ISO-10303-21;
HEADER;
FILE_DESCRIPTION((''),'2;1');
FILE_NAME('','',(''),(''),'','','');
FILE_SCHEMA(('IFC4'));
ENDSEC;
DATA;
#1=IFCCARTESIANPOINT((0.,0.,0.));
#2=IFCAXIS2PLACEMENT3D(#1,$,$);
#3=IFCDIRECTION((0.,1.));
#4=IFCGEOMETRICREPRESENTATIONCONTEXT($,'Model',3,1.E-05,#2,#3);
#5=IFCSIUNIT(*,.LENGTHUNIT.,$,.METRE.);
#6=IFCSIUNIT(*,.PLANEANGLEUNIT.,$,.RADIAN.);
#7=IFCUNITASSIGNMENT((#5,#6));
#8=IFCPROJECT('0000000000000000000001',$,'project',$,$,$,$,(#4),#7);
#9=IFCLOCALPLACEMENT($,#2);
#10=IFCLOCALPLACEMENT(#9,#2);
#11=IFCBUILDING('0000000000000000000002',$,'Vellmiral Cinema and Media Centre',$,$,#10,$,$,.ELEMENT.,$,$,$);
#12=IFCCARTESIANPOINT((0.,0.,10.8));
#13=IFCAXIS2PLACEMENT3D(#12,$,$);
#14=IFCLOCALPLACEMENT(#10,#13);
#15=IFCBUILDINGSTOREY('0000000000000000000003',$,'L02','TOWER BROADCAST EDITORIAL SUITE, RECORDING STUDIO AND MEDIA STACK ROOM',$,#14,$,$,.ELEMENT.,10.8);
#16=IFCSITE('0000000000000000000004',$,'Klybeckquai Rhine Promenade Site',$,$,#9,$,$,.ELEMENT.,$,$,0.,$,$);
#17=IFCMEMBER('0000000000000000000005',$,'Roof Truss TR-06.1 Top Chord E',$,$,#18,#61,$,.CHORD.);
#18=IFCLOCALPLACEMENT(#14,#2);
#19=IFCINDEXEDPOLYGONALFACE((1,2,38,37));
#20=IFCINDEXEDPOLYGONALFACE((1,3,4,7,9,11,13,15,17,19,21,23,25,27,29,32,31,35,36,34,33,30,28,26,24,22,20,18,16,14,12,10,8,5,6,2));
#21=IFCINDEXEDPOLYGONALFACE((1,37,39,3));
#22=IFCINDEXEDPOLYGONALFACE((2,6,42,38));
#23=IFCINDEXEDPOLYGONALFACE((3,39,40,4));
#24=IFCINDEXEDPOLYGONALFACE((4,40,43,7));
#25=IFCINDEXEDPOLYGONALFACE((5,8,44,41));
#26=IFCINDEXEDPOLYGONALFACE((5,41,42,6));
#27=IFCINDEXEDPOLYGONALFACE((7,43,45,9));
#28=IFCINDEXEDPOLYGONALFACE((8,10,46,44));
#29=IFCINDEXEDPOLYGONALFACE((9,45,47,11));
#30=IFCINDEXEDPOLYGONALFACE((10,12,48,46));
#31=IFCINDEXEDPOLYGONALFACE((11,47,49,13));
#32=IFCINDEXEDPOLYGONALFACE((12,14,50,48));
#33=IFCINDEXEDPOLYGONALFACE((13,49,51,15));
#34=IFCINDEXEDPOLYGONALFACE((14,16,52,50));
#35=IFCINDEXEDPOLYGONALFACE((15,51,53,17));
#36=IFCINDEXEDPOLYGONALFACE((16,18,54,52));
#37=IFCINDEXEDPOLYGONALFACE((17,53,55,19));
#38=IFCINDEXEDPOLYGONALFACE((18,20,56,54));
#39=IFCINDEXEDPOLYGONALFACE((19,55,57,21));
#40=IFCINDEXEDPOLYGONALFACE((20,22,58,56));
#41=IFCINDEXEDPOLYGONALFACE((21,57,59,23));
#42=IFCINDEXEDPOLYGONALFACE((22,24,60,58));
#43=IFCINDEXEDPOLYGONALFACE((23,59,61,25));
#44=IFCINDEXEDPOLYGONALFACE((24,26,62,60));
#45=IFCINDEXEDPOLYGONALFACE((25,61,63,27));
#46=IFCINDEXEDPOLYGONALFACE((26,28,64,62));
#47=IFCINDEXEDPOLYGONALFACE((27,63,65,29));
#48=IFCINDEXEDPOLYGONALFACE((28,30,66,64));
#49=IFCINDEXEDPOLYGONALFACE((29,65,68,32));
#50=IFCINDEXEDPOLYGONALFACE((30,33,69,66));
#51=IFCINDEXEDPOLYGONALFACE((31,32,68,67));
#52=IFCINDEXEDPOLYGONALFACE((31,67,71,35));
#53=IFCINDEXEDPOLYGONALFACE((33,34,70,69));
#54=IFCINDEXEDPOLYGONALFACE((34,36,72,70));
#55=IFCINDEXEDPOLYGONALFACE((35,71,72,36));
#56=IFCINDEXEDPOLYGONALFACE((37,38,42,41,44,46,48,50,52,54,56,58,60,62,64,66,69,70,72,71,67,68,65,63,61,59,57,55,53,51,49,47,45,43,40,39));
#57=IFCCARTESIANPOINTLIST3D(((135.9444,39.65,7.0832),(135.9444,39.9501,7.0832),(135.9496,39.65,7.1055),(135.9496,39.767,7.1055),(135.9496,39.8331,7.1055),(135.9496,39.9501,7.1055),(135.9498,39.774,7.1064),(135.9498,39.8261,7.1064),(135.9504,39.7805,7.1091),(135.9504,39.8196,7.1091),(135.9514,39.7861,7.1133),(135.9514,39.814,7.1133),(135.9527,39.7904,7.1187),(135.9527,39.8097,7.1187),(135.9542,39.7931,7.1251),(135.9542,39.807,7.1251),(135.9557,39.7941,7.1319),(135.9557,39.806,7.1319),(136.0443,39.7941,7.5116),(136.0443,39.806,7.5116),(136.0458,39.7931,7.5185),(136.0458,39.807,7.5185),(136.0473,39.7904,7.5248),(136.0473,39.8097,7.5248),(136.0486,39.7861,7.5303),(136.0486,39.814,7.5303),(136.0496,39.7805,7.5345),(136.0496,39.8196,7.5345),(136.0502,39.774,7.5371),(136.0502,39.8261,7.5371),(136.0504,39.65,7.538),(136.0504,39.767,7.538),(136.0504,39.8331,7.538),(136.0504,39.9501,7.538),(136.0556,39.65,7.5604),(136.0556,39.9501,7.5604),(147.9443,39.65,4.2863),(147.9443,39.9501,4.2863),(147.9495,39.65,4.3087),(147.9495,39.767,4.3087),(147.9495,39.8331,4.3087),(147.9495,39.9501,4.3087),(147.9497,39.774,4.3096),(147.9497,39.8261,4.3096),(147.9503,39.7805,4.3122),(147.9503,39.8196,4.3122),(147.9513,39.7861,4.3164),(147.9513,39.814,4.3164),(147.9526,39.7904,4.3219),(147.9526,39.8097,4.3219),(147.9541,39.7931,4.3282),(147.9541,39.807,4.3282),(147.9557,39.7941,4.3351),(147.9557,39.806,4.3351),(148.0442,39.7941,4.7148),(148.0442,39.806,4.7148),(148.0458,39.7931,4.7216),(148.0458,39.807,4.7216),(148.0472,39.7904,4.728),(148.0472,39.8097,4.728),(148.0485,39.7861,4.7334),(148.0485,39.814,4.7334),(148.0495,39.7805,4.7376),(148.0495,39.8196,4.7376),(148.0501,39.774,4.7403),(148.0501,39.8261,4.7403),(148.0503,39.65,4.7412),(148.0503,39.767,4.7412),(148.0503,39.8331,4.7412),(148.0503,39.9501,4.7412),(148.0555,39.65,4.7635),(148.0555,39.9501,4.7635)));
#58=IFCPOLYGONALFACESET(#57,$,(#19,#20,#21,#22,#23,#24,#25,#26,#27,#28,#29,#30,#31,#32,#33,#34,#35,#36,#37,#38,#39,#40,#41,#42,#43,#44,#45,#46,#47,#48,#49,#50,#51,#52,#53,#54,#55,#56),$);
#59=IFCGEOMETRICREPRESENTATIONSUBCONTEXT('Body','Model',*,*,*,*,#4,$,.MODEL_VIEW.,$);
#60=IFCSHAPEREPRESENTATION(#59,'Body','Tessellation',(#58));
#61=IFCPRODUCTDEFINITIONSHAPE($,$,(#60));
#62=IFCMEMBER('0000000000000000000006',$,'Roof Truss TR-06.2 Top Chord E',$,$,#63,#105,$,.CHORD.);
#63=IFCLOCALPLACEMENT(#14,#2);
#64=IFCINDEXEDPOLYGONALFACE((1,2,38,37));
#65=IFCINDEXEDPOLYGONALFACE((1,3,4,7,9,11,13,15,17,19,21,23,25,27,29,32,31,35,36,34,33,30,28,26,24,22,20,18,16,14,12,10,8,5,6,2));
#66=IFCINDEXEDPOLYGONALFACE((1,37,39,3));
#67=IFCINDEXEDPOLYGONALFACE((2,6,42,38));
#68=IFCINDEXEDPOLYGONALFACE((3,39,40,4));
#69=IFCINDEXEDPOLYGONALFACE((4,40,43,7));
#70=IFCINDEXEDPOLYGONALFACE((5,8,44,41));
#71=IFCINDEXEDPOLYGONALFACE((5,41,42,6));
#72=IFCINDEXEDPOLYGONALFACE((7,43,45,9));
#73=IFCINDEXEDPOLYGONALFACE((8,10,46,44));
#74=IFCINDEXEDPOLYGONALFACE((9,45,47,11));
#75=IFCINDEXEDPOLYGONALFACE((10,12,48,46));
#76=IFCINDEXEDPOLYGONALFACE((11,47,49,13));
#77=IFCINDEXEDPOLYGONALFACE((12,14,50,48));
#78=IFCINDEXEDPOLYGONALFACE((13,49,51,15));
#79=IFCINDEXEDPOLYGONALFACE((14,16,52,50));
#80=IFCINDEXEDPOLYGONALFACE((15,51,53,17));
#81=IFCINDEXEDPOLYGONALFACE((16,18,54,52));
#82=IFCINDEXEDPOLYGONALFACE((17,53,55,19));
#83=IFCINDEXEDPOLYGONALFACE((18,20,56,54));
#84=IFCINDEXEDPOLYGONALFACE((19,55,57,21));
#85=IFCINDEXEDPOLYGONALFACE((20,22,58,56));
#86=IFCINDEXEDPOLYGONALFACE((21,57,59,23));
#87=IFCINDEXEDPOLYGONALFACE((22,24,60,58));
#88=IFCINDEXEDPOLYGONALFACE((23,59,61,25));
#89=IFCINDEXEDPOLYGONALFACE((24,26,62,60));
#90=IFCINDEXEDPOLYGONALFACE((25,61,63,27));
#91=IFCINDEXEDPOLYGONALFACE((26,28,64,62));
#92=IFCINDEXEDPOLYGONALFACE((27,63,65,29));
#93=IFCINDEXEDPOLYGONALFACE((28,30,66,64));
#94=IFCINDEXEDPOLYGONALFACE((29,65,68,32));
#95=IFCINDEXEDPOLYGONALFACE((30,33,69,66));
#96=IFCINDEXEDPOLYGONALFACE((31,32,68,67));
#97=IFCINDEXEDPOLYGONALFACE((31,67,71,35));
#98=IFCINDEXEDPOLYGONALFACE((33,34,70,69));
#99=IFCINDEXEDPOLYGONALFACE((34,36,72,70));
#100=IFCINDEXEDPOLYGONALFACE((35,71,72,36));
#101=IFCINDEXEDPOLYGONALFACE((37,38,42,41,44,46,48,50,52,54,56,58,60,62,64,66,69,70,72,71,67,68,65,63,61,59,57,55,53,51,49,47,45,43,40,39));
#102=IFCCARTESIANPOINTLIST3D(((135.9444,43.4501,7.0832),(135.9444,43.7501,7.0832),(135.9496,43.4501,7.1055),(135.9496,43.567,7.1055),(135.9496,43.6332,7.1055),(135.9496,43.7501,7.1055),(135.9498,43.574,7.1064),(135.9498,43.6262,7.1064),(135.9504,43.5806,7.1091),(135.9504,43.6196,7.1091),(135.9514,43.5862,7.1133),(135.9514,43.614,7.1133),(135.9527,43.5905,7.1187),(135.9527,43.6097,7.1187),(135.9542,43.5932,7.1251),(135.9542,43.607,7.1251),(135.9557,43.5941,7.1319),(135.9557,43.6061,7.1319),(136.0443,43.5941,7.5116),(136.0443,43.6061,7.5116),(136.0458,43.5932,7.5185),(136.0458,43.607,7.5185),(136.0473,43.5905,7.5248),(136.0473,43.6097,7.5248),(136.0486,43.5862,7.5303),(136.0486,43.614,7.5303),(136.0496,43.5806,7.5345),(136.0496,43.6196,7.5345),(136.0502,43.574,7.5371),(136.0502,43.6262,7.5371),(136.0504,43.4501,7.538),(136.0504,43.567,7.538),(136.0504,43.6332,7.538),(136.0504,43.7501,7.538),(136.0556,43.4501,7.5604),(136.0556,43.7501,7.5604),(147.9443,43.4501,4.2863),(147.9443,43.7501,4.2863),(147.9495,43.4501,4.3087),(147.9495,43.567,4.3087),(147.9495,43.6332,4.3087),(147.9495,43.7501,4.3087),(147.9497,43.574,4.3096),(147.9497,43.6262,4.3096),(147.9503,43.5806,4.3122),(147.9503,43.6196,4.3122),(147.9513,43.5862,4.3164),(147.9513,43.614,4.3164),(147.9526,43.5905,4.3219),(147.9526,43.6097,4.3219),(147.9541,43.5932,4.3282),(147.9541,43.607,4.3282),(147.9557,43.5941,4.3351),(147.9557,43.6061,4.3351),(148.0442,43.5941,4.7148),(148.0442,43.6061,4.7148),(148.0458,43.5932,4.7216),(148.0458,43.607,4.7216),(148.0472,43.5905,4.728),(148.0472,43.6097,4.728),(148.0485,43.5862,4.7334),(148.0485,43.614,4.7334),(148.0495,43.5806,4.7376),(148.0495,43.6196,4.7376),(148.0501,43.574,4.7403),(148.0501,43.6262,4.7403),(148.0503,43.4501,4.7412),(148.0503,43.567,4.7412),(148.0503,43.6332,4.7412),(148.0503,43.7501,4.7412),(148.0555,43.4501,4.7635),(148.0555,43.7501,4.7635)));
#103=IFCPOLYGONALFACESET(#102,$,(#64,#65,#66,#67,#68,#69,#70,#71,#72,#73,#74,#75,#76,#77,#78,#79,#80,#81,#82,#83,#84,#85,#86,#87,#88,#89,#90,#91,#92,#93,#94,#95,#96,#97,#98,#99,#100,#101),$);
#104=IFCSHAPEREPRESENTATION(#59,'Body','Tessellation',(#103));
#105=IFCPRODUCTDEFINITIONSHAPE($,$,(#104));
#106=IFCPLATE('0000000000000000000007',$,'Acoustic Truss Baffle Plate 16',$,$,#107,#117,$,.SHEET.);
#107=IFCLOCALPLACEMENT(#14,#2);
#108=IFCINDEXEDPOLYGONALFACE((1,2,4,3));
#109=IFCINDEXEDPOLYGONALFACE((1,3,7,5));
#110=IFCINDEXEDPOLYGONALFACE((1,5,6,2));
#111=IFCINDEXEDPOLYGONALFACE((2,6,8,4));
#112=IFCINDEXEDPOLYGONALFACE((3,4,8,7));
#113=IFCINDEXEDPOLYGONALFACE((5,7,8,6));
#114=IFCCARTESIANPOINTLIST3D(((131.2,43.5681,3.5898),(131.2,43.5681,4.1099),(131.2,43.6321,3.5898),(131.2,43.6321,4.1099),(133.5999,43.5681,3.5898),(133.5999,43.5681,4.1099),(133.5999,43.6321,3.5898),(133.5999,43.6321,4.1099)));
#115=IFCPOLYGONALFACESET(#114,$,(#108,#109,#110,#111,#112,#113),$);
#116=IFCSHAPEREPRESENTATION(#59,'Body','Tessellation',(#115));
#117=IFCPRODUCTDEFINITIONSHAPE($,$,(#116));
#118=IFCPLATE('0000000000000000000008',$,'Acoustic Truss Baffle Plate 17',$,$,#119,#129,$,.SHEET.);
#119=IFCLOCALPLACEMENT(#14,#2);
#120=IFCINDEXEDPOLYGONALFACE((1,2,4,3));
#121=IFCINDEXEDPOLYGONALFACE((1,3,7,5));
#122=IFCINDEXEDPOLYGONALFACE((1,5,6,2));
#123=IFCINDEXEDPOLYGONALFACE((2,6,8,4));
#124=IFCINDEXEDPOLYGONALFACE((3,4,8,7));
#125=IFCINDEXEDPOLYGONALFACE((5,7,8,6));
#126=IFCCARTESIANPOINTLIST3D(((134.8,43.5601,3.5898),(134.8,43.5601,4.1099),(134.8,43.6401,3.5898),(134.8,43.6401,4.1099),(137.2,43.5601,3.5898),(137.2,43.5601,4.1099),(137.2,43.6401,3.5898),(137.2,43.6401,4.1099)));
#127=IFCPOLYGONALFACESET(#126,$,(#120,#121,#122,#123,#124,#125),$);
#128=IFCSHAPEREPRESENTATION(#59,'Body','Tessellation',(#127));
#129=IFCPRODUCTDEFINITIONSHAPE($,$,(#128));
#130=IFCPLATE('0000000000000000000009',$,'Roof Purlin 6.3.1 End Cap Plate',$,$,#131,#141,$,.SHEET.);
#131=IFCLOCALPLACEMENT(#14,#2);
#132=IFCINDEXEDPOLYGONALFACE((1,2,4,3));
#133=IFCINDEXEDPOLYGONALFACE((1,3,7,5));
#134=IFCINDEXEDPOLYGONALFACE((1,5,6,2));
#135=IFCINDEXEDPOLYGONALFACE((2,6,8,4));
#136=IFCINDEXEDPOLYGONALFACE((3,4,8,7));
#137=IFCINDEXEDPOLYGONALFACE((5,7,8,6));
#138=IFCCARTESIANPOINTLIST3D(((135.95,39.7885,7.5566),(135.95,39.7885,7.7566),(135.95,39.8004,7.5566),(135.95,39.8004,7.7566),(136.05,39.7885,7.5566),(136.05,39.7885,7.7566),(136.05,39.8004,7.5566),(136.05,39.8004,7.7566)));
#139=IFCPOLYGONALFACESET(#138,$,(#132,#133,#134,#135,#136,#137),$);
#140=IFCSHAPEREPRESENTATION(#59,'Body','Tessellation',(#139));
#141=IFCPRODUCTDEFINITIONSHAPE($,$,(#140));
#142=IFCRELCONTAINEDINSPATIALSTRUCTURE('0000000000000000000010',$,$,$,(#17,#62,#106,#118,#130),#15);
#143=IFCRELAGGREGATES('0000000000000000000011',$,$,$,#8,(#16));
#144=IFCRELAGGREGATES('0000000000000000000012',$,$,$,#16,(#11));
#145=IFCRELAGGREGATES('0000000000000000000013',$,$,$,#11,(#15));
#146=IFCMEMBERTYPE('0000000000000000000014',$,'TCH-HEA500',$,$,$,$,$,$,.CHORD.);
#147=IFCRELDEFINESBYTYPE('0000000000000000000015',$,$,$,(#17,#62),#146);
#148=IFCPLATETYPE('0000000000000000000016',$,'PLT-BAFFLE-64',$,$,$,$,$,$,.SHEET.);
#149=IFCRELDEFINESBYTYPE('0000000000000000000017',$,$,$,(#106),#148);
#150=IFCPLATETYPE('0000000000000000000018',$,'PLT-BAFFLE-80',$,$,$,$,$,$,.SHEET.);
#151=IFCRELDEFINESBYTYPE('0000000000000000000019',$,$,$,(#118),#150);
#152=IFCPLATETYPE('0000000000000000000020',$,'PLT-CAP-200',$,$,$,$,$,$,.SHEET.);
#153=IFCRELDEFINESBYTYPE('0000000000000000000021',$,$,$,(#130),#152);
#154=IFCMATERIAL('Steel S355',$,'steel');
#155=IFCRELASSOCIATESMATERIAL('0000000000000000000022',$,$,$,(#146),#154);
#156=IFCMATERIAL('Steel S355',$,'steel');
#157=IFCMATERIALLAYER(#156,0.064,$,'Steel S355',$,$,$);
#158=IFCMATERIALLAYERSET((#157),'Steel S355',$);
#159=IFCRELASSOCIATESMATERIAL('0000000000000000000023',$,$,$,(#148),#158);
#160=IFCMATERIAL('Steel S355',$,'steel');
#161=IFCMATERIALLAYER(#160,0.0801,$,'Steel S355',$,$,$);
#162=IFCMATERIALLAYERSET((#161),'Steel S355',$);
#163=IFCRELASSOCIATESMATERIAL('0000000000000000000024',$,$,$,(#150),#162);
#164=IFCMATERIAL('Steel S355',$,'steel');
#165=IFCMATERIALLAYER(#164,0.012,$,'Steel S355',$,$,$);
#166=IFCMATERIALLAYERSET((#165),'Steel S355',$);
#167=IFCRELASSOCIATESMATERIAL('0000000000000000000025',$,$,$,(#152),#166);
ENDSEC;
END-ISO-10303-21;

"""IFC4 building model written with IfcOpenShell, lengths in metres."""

from ifc_helpers import new_model, si_unit, direction, frame, origin, origin_2d, place, context, subcontext, project, spatial, rectangle, i_section, extrude, material, layer, layer_set, material_profile, profile_set, type_object, element, save


model = new_model("IFC4")

# Units and contexts
model_context = context("Model", 3, precision=1e-05, world=origin(), true_north=direction((0.0, 1.0)))
body_context = subcontext(model_context, "Body", "Model", "MODEL_VIEW")
ifc_project = project(units=[si_unit("LENGTHUNIT", "METRE"), si_unit("PLANEANGLEUNIT", "RADIAN")], contexts=[model_context])

# Site, building, storey
site_placement = place(None, origin())
site = spatial("IfcSite", under=ifc_project, at=site_placement, Name="Klybeckquai Rhine Promenade Site", CompositionType="ELEMENT", RefElevation=0.0)
building_placement = place(site_placement, origin())
building = spatial("IfcBuilding", under=site, at=building_placement, Name="Vellmiral Cinema and Media Centre", CompositionType="ELEMENT")
storey_placement = place(building_placement, frame((0.0, 0.0, 10.8)))
storey = spatial("IfcBuildingStorey", under=building, at=storey_placement, Name="L02", Description="TOWER BROADCAST EDITORIAL SUITE, RECORDING STUDIO AND MEDIA STACK ROOM", CompositionType="ELEMENT", Elevation=10.8)

# Members
ifc_material_1 = material(Name="Steel S355", Category="steel")
ifc_material_profile_1 = material_profile(ifc_material_1, i_section(OverallWidth=0.3, OverallDepth=0.49, WebThickness=0.012, FlangeThickness=0.0229, FilletRadius=0.0271, at=origin_2d()), Name="HEA 500")
ifc_profile_set_1 = profile_set([ifc_material_profile_1], Name="Steel S355")
member_type_1 = type_object("IfcMemberType", Name="TCH-HEA500", PredefinedType="CHORD", material=ifc_profile_set_1)
for number, where, z_axis, x_axis, name in (
    (1, (136.0, 39.8, 7.3218), (0.973897, 0.0, -0.226989), (0.0, 1.0, 0.0), "Roof Truss TR-06.1 Top Chord E"),
    (2, (136.0, 43.6001, 7.3218), (0.973897, 0.0, -0.226989), (0.0, 1.0, 0.0), "Roof Truss TR-06.2 Top Chord E"),
):
    element("IfcMember", number, at=place(storey_placement, frame(where, z_axis=z_axis, x_axis=x_axis)), inside=storey, type_object=member_type_1, Name=name, PredefinedType="CHORD", context=body_context, shape_type="SweptSolid", body=[
        extrude(i_section(OverallWidth=0.3, OverallDepth=0.49, WebThickness=0.012, FlangeThickness=0.0229, FilletRadius=0.0271, at=origin_2d()), origin(), (0.0, 0.0, 1.0), 12.3215),
    ])

# Plates
ifc_material_2 = material(Name="Steel S355", Category="steel")
ifc_layer_1 = layer(ifc_material_2, 0.064, Name="Steel S355")
ifc_layer_set_1 = layer_set([ifc_layer_1], Name="Steel S355")
plate_type_1 = type_object("IfcPlateType", Name="PLT-BAFFLE-64", PredefinedType="SHEET", material=ifc_layer_set_1)
plate_1_placement = place(storey_placement, frame((132.3999, 43.6001, 3.5898), z_axis=(0.0, 0.0, 1.0), x_axis=(1.0, 0.0, 0.0)))
element("IfcPlate", 3, at=plate_1_placement, inside=storey, type_object=plate_type_1, Name="Acoustic Truss Baffle Plate 16", PredefinedType="SHEET", context=body_context, shape_type="SweptSolid", body=[
    extrude(rectangle(XDim=2.3999, YDim=0.064, at=origin_2d()), origin(), (0.0, 0.0, 1.0), 0.52),
])
ifc_material_3 = material(Name="Steel S355", Category="steel")
ifc_layer_2 = layer(ifc_material_3, 0.0801, Name="Steel S355")
ifc_layer_set_2 = layer_set([ifc_layer_2], Name="Steel S355")
plate_type_2 = type_object("IfcPlateType", Name="PLT-BAFFLE-80", PredefinedType="SHEET", material=ifc_layer_set_2)
plate_2_placement = place(storey_placement, frame((136.0, 43.6001, 3.5898), z_axis=(0.0, 0.0, 1.0), x_axis=(1.0, 0.0, 0.0)))
element("IfcPlate", 4, at=plate_2_placement, inside=storey, type_object=plate_type_2, Name="Acoustic Truss Baffle Plate 17", PredefinedType="SHEET", context=body_context, shape_type="SweptSolid", body=[
    extrude(rectangle(XDim=2.3999, YDim=0.0801, at=origin_2d()), origin(), (0.0, 0.0, 1.0), 0.52),
])
ifc_material_4 = material(Name="Steel S355", Category="steel")
ifc_layer_3 = layer(ifc_material_4, 0.012, Name="Steel S355")
ifc_layer_set_3 = layer_set([ifc_layer_3], Name="Steel S355")
plate_type_3 = type_object("IfcPlateType", Name="PLT-CAP-200", PredefinedType="SHEET", material=ifc_layer_set_3)
plate_3_placement = place(storey_placement, frame((136.0, 39.7944, 7.5566), z_axis=(0.0, 0.0, 1.0), x_axis=(1.0, 0.0, 0.0)))
element("IfcPlate", 5, at=plate_3_placement, inside=storey, type_object=plate_type_3, Name="Roof Purlin 6.3.1 End Cap Plate", PredefinedType="SHEET", context=body_context, shape_type="SweptSolid", body=[
    extrude(rectangle(XDim=0.1001, YDim=0.012, at=origin_2d()), origin(), (0.0, 0.0, 1.0), 0.2),
])

save(model, "model.ifc")
